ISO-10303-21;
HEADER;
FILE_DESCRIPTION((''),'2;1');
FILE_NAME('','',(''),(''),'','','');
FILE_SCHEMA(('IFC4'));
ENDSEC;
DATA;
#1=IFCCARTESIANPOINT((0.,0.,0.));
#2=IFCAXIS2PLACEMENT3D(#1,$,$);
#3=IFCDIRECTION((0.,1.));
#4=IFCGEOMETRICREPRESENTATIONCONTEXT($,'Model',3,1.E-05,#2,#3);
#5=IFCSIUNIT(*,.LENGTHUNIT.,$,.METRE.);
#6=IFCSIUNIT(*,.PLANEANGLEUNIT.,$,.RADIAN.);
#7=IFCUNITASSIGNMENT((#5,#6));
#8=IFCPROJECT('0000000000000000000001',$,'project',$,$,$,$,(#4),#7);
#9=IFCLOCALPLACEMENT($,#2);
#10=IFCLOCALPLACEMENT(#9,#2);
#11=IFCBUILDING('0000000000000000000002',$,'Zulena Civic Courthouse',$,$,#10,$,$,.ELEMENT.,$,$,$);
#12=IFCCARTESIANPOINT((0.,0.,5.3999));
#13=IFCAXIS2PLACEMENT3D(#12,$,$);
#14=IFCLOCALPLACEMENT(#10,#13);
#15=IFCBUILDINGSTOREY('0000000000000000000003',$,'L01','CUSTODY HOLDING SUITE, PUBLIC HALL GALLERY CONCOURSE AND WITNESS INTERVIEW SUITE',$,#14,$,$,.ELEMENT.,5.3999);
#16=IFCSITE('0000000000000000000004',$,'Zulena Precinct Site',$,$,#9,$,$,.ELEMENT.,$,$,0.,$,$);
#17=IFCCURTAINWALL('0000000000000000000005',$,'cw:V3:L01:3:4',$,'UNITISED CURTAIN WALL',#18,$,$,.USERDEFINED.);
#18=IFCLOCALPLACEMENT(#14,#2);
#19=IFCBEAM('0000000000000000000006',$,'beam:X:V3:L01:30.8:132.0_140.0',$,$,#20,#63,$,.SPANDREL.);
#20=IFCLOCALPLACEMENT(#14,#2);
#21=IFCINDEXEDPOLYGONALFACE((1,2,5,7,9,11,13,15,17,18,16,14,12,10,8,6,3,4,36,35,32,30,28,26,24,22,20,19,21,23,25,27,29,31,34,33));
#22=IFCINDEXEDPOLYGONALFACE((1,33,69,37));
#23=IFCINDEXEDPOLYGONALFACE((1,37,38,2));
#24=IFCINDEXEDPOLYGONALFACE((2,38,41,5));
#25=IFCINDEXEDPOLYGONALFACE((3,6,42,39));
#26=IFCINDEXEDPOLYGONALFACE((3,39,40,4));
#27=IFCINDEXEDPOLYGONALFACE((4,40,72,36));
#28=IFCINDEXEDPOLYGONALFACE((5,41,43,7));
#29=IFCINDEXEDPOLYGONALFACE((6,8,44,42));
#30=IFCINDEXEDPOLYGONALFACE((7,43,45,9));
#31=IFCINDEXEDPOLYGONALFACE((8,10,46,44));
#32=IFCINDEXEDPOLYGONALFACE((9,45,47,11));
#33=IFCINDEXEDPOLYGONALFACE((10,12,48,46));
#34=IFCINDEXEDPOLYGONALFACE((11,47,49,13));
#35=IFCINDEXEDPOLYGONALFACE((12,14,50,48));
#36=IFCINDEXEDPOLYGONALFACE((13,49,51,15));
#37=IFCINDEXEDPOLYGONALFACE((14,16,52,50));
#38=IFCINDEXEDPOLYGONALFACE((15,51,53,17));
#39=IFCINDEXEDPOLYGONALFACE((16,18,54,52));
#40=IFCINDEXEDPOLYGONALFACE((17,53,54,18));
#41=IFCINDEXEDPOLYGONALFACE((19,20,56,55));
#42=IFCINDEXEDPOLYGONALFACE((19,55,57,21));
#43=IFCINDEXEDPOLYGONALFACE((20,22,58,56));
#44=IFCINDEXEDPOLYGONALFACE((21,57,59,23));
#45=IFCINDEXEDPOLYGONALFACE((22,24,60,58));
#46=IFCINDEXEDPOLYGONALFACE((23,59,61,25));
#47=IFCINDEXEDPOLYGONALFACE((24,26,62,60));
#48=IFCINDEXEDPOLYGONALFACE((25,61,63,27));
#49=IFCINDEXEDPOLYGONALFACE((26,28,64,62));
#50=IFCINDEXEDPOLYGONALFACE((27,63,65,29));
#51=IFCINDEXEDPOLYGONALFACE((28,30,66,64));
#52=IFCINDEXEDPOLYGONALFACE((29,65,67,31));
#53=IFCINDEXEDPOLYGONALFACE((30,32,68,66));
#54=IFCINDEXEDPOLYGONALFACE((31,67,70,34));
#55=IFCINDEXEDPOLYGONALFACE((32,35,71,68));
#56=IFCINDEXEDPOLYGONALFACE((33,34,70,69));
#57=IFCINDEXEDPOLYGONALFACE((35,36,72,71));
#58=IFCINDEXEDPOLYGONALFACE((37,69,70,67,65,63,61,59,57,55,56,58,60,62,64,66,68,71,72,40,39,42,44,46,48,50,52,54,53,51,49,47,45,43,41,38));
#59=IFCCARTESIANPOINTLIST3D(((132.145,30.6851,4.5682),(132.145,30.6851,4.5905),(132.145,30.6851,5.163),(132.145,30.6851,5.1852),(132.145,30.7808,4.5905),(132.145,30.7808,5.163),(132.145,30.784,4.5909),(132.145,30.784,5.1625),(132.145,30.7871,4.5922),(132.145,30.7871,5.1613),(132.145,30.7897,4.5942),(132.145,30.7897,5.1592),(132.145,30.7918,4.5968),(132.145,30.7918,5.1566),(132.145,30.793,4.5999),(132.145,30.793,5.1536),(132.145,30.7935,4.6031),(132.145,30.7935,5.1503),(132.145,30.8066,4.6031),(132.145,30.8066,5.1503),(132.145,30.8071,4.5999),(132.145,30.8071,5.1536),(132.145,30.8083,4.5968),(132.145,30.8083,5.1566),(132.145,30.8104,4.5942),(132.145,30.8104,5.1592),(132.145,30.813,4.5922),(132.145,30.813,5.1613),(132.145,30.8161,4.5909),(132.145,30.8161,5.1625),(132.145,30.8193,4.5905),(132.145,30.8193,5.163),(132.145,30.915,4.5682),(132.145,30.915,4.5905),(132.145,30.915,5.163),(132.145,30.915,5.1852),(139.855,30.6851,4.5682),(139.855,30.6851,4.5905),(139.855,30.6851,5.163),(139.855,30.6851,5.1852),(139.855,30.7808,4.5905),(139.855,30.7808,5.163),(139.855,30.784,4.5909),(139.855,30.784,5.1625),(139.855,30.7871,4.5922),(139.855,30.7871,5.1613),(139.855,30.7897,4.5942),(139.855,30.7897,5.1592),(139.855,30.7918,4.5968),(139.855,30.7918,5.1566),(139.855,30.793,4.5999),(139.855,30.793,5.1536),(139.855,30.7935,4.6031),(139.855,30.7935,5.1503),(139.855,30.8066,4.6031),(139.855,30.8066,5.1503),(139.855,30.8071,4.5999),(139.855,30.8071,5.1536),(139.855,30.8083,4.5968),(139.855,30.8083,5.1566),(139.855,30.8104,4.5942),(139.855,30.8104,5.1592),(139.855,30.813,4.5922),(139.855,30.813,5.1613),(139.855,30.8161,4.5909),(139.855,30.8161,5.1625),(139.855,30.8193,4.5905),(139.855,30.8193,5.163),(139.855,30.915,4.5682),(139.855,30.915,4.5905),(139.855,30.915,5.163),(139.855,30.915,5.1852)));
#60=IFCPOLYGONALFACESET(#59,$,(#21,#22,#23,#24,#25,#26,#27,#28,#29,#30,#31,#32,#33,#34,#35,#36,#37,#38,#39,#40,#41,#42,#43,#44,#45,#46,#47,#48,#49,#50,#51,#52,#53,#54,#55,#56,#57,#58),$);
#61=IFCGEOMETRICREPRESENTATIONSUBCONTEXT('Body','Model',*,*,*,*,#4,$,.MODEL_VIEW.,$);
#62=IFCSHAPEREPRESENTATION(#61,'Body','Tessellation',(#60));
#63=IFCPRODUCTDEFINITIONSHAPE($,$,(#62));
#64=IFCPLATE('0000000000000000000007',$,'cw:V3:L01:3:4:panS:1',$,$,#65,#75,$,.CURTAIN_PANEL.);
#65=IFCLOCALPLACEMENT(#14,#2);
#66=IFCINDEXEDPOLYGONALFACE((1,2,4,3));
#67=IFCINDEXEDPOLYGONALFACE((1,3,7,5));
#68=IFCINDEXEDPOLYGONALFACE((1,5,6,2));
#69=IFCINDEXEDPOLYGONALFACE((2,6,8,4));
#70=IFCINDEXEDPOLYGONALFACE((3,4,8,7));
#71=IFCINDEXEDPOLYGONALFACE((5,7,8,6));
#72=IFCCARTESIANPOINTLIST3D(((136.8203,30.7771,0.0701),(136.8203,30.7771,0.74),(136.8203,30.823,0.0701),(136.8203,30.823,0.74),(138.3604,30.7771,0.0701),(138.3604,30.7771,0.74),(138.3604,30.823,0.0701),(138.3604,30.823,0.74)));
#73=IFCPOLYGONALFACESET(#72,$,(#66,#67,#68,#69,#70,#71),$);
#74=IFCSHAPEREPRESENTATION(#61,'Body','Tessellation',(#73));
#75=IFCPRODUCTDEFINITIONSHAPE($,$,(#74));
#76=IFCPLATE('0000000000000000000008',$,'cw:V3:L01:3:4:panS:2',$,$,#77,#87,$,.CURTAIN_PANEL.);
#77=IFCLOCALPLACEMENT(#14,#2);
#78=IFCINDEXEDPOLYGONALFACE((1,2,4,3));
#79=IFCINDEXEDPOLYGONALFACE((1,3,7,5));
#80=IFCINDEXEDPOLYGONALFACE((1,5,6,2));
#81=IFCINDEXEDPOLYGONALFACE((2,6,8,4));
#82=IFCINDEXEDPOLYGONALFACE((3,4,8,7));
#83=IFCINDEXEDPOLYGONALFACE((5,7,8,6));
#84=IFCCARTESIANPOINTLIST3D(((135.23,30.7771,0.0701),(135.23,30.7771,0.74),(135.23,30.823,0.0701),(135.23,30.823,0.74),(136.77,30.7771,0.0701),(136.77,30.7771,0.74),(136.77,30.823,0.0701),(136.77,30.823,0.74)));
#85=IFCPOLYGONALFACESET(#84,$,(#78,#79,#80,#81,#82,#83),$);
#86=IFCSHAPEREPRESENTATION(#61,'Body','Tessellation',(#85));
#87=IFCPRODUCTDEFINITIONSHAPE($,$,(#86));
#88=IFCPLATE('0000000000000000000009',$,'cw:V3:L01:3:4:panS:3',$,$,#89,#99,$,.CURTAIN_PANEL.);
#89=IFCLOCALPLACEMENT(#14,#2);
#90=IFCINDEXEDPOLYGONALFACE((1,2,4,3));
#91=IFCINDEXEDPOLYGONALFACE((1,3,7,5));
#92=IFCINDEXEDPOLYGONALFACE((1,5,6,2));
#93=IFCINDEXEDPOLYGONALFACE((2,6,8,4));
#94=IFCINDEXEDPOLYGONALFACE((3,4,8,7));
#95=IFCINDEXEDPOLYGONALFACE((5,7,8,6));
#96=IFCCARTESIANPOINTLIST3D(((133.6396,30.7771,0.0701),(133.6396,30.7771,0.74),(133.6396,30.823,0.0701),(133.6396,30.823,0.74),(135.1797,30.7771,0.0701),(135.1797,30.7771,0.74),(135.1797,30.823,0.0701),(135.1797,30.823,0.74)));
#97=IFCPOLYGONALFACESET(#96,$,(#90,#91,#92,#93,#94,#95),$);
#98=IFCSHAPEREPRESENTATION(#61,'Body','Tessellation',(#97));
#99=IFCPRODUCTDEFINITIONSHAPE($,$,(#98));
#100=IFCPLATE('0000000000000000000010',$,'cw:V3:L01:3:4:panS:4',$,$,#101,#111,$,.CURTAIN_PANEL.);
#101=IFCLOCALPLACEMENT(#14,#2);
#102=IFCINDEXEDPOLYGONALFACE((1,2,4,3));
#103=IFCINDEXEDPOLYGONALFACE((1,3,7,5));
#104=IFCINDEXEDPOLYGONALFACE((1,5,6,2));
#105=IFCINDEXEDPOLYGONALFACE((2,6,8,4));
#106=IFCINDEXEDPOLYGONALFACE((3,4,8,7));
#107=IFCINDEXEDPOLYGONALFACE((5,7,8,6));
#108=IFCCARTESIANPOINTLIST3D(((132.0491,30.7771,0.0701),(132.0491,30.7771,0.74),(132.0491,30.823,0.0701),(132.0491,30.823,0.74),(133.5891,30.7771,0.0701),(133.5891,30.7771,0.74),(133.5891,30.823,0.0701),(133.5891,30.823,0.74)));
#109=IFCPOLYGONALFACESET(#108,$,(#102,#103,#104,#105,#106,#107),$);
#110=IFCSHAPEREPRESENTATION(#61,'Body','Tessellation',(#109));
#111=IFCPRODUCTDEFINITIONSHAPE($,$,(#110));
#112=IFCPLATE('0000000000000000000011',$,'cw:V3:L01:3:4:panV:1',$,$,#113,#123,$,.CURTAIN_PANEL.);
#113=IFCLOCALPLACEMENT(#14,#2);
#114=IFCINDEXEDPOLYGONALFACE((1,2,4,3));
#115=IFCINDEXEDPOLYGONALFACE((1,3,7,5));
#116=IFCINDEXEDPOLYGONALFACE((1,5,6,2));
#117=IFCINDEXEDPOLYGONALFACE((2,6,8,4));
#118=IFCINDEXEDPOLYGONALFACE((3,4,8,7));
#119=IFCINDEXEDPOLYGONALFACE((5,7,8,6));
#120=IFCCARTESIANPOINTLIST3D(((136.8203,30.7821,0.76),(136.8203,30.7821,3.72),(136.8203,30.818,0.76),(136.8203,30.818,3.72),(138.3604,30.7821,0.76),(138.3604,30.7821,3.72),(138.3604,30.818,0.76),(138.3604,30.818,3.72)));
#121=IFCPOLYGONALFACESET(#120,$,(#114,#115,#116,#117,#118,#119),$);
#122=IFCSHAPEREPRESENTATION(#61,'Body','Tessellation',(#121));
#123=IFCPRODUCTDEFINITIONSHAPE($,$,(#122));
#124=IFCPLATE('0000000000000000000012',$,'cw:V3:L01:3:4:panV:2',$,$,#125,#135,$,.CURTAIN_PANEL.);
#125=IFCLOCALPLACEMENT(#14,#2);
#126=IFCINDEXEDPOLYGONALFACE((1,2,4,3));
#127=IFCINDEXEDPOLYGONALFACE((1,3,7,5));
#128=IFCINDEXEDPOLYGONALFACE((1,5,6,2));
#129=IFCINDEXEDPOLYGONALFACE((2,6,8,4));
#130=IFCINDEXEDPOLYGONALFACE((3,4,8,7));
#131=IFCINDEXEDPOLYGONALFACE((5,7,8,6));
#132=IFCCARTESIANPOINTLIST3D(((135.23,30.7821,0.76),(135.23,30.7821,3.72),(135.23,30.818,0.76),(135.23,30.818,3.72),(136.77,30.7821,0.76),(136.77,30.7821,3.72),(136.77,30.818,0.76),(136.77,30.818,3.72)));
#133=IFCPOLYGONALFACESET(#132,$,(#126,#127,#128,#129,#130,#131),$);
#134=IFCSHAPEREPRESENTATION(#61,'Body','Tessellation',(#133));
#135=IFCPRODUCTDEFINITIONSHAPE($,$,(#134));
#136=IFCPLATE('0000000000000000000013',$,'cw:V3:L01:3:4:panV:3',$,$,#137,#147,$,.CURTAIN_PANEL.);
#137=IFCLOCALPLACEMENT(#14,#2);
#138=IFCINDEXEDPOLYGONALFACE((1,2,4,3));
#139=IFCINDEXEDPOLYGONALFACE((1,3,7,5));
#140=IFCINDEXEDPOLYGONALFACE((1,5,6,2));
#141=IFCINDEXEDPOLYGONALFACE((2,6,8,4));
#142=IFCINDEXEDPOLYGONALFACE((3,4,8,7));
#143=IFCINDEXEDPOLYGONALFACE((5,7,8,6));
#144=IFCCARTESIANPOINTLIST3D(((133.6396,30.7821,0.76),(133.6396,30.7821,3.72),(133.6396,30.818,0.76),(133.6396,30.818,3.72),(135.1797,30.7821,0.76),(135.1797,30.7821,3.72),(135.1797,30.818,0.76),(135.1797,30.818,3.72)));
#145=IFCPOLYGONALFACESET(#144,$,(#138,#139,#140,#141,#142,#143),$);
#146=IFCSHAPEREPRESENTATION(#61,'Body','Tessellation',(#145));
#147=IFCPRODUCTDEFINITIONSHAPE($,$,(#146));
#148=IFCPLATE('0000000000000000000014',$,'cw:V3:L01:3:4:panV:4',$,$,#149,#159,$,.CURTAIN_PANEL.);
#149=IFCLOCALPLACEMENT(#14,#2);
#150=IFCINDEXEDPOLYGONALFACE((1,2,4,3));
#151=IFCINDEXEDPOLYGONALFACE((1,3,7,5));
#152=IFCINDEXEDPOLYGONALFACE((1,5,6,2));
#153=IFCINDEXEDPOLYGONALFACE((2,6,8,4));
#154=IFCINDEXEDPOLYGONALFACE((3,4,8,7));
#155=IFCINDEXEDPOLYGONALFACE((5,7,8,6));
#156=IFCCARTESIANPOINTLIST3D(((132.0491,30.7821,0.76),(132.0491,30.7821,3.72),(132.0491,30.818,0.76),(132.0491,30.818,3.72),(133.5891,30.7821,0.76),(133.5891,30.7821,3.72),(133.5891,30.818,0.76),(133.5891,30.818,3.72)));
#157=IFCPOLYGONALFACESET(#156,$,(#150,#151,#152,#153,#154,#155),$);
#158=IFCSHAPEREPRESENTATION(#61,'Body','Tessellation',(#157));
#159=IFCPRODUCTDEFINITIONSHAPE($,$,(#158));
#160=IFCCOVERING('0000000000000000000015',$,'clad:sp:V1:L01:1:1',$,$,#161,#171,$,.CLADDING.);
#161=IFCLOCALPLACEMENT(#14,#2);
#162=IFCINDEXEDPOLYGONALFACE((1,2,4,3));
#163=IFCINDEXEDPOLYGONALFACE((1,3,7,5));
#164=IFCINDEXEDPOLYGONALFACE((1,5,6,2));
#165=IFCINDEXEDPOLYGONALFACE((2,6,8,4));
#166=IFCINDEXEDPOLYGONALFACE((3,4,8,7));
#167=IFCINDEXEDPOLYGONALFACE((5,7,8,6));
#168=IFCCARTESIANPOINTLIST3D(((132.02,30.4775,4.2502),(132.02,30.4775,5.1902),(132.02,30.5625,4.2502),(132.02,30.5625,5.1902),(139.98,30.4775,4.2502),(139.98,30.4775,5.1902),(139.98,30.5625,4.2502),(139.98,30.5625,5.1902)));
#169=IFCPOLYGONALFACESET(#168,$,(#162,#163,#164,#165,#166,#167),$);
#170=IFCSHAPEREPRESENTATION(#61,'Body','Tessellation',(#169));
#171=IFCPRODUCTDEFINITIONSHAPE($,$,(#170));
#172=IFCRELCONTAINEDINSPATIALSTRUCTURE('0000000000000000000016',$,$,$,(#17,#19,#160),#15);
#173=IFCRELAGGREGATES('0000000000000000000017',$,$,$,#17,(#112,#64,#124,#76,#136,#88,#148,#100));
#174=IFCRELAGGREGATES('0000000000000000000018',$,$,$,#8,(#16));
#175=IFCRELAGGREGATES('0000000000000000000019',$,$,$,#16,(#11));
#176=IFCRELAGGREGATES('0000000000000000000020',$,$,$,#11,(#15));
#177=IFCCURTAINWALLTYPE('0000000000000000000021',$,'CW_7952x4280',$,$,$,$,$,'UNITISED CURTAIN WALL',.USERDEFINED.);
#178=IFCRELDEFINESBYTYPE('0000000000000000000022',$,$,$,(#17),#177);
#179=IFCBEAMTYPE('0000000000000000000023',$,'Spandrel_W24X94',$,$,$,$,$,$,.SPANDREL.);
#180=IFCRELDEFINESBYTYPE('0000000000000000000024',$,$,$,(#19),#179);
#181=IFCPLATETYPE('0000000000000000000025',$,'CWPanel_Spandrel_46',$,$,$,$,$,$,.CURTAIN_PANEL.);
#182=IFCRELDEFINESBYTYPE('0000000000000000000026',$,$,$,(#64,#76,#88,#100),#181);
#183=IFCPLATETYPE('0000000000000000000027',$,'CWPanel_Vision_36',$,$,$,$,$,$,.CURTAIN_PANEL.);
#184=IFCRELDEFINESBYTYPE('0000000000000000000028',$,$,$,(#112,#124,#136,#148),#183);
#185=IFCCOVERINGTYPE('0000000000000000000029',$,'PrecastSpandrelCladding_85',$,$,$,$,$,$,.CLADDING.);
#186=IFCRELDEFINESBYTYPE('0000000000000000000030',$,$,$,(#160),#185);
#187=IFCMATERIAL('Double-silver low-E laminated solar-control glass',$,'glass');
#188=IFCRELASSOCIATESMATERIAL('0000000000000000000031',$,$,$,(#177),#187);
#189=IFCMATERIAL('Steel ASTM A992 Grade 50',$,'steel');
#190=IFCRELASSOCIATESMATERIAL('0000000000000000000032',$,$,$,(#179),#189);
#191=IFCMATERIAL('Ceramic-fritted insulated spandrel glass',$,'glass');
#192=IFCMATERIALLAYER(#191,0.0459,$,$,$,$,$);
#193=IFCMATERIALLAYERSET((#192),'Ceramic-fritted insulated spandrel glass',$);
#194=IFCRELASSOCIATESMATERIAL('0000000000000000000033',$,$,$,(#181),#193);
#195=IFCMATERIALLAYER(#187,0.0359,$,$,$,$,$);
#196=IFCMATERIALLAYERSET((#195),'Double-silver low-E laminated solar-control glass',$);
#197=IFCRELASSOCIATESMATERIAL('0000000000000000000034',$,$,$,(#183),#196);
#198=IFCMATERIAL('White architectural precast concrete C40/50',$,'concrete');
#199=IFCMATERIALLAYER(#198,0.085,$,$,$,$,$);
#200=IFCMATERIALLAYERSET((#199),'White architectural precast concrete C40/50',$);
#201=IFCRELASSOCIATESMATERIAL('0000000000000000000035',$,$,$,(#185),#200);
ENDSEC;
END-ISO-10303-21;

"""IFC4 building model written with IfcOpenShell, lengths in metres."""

from ifc_helpers import new_model, si_unit, direction, frame, origin, origin_2d, place, context, subcontext, project, spatial, rectangle, i_section, extrude, material, layer, layer_set, material_profile, profile_set, type_object, element, aggregate, save


model = new_model("IFC4")

# Units and contexts
model_context = context("Model", 3, precision=1e-05, world=origin(), true_north=direction((0.0, 1.0)))
body_context = subcontext(model_context, "Body", "Model", "MODEL_VIEW")
ifc_project = project(units=[si_unit("LENGTHUNIT", "METRE"), si_unit("PLANEANGLEUNIT", "RADIAN")], contexts=[model_context])

# Site, building, storey
site_placement = place(None, origin())
site = spatial("IfcSite", under=ifc_project, at=site_placement, Name="Zulena Precinct Site", CompositionType="ELEMENT", RefElevation=0.0)
building_placement = place(site_placement, origin())
building = spatial("IfcBuilding", under=site, at=building_placement, Name="Zulena Civic Courthouse", CompositionType="ELEMENT")
storey_placement = place(building_placement, frame((0.0, 0.0, 5.3999)))
storey = spatial("IfcBuildingStorey", under=building, at=storey_placement, Name="L01", Description="CUSTODY HOLDING SUITE, PUBLIC HALL GALLERY CONCOURSE AND WITNESS INTERVIEW SUITE", CompositionType="ELEMENT", Elevation=5.3999)

# Shared definitions
ifc_material_1 = material(Name="Steel ASTM A992 Grade 50", Category="steel")

# Curtain wall
ifc_material_2 = material(Name="Double-silver low-E laminated solar-control glass", Category="glass")
curtain_wall_type = type_object("IfcCurtainWallType", Name="CW_7952x4280", ElementType="UNITISED CURTAIN WALL", PredefinedType="USERDEFINED", material=ifc_material_2)
curtain_wall_placement = place(storey_placement, origin())
curtain_wall = element("IfcCurtainWall", 1, at=curtain_wall_placement, inside=storey, type_object=curtain_wall_type, Name="cw:V3:L01:3:4", ObjectType="UNITISED CURTAIN WALL", PredefinedType="USERDEFINED")

# Beam
ifc_material_profile_1 = material_profile(ifc_material_1, i_section(OverallWidth=0.23, OverallDepth=0.6169, WebThickness=0.0132, FlangeThickness=0.0222, FilletRadius=0.0127, at=origin_2d()), Name="W24X94")
ifc_profile_set_1 = profile_set([ifc_material_profile_1], Name="Steel ASTM A992 Grade 50")
beam_type = type_object("IfcBeamType", Name="Spandrel_W24X94", PredefinedType="SPANDREL", material=ifc_profile_set_1)
for number, where, z_axis, x_axis, name in (
    (2, (132.145, 30.8, 4.8767), (1.0, 0.0, 0.0), (0.0, 1.0, 0.0), "beam:X:V3:L01:30.8:132.0_140.0"),
):
    element("IfcBeam", number, at=place(storey_placement, frame(where, z_axis=z_axis, x_axis=x_axis)), inside=storey, type_object=beam_type, Name=name, PredefinedType="SPANDREL", context=body_context, shape_type="SweptSolid", body=[
        extrude(i_section(OverallWidth=0.23, OverallDepth=0.6169, WebThickness=0.0132, FlangeThickness=0.0222, FilletRadius=0.0127, at=origin_2d()), origin(), (0.0, 0.0, 1.0), 7.71),
    ])

# Plates
ifc_material_3 = material(Name="Ceramic-fritted insulated spandrel glass", Category="glass")
ifc_layer_1 = layer(ifc_material_3, 0.0459)
ifc_layer_set_1 = layer_set([ifc_layer_1], Name="Ceramic-fritted insulated spandrel glass")
plate_type_1 = type_object("IfcPlateType", Name="CWPanel_Spandrel_46", PredefinedType="CURTAIN_PANEL", material=ifc_layer_set_1)
plate_1_placement = place(storey_placement, frame((137.5903, 30.8, 0.0701), z_axis=(0.0, 0.0, 1.0), x_axis=(-1.0, 0.0, 0.0)))
plate_1 = element("IfcPlate", 3, at=plate_1_placement, type_object=plate_type_1, Name="cw:V3:L01:3:4:panS:1", PredefinedType="CURTAIN_PANEL", context=body_context, shape_type="SweptSolid", body=[
    extrude(rectangle(XDim=1.54, YDim=0.0459, at=origin_2d()), origin(), (0.0, 0.0, 1.0), 0.6699),
])
plate_2_placement = place(storey_placement, frame((136.0, 30.8, 0.0701), z_axis=(0.0, 0.0, 1.0), x_axis=(-1.0, 0.0, 0.0)))
plate_2 = element("IfcPlate", 4, at=plate_2_placement, type_object=plate_type_1, Name="cw:V3:L01:3:4:panS:2", PredefinedType="CURTAIN_PANEL", context=body_context, shape_type="SweptSolid", body=[
    extrude(rectangle(XDim=1.54, YDim=0.0459, at=origin_2d()), origin(), (0.0, 0.0, 1.0), 0.6699),
])
plate_3_placement = place(storey_placement, frame((134.4097, 30.8, 0.0701), z_axis=(0.0, 0.0, 1.0), x_axis=(-1.0, 0.0, 0.0)))
plate_3 = element("IfcPlate", 5, at=plate_3_placement, type_object=plate_type_1, Name="cw:V3:L01:3:4:panS:3", PredefinedType="CURTAIN_PANEL", context=body_context, shape_type="SweptSolid", body=[
    extrude(rectangle(XDim=1.54, YDim=0.0459, at=origin_2d()), origin(), (0.0, 0.0, 1.0), 0.6699),
])
plate_4_placement = place(storey_placement, frame((132.8191, 30.8, 0.0701), z_axis=(0.0, 0.0, 1.0), x_axis=(-1.0, 0.0, 0.0)))
plate_4 = element("IfcPlate", 6, at=plate_4_placement, type_object=plate_type_1, Name="cw:V3:L01:3:4:panS:4", PredefinedType="CURTAIN_PANEL", context=body_context, shape_type="SweptSolid", body=[
    extrude(rectangle(XDim=1.54, YDim=0.0459, at=origin_2d()), origin(), (0.0, 0.0, 1.0), 0.6699),
])
ifc_layer_2 = layer(ifc_material_2, 0.0359)
ifc_layer_set_2 = layer_set([ifc_layer_2], Name="Double-silver low-E laminated solar-control glass")
plate_type_2 = type_object("IfcPlateType", Name="CWPanel_Vision_36", PredefinedType="CURTAIN_PANEL", material=ifc_layer_set_2)
plate_5_placement = place(storey_placement, frame((137.5903, 30.8, 0.76), z_axis=(0.0, 0.0, 1.0), x_axis=(-1.0, 0.0, 0.0)))
plate_5 = element("IfcPlate", 7, at=plate_5_placement, type_object=plate_type_2, Name="cw:V3:L01:3:4:panV:1", PredefinedType="CURTAIN_PANEL", context=body_context, shape_type="SweptSolid", body=[
    extrude(rectangle(XDim=1.54, YDim=0.0359, at=origin_2d()), origin(), (0.0, 0.0, 1.0), 2.96),
])
plate_6_placement = place(storey_placement, frame((136.0, 30.8, 0.76), z_axis=(0.0, 0.0, 1.0), x_axis=(-1.0, 0.0, 0.0)))
plate_6 = element("IfcPlate", 8, at=plate_6_placement, type_object=plate_type_2, Name="cw:V3:L01:3:4:panV:2", PredefinedType="CURTAIN_PANEL", context=body_context, shape_type="SweptSolid", body=[
    extrude(rectangle(XDim=1.54, YDim=0.0359, at=origin_2d()), origin(), (0.0, 0.0, 1.0), 2.96),
])
plate_7_placement = place(storey_placement, frame((134.4097, 30.8, 0.76), z_axis=(0.0, 0.0, 1.0), x_axis=(-1.0, 0.0, 0.0)))
plate_7 = element("IfcPlate", 9, at=plate_7_placement, type_object=plate_type_2, Name="cw:V3:L01:3:4:panV:3", PredefinedType="CURTAIN_PANEL", context=body_context, shape_type="SweptSolid", body=[
    extrude(rectangle(XDim=1.54, YDim=0.0359, at=origin_2d()), origin(), (0.0, 0.0, 1.0), 2.96),
])
plate_8_placement = place(storey_placement, frame((132.8191, 30.8, 0.76), z_axis=(0.0, 0.0, 1.0), x_axis=(-1.0, 0.0, 0.0)))
plate_8 = element("IfcPlate", 10, at=plate_8_placement, type_object=plate_type_2, Name="cw:V3:L01:3:4:panV:4", PredefinedType="CURTAIN_PANEL", context=body_context, shape_type="SweptSolid", body=[
    extrude(rectangle(XDim=1.54, YDim=0.0359, at=origin_2d()), origin(), (0.0, 0.0, 1.0), 2.96),
])
aggregate(curtain_wall, [plate_5, plate_1, plate_6, plate_2, plate_7, plate_3, plate_8, plate_4])

# Covering
ifc_material_4 = material(Name="White architectural precast concrete C40/50", Category="concrete")
ifc_layer_3 = layer(ifc_material_4, 0.085)
ifc_layer_set_3 = layer_set([ifc_layer_3], Name="White architectural precast concrete C40/50")
covering_type = type_object("IfcCoveringType", Name="PrecastSpandrelCladding_85", PredefinedType="CLADDING", material=ifc_layer_set_3)
covering_placement = place(storey_placement, frame((136.0, 30.52, 4.2502), z_axis=(0.0, 0.0, 1.0), x_axis=(1.0, 0.0, 0.0)))
element("IfcCovering", 11, at=covering_placement, inside=storey, type_object=covering_type, Name="clad:sp:V1:L01:1:1", PredefinedType="CLADDING", context=body_context, shape_type="SweptSolid", body=[
    extrude(rectangle(XDim=7.96, YDim=0.085, at=origin_2d()), origin(), (0.0, 0.0, 1.0), 0.9399),
])

save(model, "model.ifc")
